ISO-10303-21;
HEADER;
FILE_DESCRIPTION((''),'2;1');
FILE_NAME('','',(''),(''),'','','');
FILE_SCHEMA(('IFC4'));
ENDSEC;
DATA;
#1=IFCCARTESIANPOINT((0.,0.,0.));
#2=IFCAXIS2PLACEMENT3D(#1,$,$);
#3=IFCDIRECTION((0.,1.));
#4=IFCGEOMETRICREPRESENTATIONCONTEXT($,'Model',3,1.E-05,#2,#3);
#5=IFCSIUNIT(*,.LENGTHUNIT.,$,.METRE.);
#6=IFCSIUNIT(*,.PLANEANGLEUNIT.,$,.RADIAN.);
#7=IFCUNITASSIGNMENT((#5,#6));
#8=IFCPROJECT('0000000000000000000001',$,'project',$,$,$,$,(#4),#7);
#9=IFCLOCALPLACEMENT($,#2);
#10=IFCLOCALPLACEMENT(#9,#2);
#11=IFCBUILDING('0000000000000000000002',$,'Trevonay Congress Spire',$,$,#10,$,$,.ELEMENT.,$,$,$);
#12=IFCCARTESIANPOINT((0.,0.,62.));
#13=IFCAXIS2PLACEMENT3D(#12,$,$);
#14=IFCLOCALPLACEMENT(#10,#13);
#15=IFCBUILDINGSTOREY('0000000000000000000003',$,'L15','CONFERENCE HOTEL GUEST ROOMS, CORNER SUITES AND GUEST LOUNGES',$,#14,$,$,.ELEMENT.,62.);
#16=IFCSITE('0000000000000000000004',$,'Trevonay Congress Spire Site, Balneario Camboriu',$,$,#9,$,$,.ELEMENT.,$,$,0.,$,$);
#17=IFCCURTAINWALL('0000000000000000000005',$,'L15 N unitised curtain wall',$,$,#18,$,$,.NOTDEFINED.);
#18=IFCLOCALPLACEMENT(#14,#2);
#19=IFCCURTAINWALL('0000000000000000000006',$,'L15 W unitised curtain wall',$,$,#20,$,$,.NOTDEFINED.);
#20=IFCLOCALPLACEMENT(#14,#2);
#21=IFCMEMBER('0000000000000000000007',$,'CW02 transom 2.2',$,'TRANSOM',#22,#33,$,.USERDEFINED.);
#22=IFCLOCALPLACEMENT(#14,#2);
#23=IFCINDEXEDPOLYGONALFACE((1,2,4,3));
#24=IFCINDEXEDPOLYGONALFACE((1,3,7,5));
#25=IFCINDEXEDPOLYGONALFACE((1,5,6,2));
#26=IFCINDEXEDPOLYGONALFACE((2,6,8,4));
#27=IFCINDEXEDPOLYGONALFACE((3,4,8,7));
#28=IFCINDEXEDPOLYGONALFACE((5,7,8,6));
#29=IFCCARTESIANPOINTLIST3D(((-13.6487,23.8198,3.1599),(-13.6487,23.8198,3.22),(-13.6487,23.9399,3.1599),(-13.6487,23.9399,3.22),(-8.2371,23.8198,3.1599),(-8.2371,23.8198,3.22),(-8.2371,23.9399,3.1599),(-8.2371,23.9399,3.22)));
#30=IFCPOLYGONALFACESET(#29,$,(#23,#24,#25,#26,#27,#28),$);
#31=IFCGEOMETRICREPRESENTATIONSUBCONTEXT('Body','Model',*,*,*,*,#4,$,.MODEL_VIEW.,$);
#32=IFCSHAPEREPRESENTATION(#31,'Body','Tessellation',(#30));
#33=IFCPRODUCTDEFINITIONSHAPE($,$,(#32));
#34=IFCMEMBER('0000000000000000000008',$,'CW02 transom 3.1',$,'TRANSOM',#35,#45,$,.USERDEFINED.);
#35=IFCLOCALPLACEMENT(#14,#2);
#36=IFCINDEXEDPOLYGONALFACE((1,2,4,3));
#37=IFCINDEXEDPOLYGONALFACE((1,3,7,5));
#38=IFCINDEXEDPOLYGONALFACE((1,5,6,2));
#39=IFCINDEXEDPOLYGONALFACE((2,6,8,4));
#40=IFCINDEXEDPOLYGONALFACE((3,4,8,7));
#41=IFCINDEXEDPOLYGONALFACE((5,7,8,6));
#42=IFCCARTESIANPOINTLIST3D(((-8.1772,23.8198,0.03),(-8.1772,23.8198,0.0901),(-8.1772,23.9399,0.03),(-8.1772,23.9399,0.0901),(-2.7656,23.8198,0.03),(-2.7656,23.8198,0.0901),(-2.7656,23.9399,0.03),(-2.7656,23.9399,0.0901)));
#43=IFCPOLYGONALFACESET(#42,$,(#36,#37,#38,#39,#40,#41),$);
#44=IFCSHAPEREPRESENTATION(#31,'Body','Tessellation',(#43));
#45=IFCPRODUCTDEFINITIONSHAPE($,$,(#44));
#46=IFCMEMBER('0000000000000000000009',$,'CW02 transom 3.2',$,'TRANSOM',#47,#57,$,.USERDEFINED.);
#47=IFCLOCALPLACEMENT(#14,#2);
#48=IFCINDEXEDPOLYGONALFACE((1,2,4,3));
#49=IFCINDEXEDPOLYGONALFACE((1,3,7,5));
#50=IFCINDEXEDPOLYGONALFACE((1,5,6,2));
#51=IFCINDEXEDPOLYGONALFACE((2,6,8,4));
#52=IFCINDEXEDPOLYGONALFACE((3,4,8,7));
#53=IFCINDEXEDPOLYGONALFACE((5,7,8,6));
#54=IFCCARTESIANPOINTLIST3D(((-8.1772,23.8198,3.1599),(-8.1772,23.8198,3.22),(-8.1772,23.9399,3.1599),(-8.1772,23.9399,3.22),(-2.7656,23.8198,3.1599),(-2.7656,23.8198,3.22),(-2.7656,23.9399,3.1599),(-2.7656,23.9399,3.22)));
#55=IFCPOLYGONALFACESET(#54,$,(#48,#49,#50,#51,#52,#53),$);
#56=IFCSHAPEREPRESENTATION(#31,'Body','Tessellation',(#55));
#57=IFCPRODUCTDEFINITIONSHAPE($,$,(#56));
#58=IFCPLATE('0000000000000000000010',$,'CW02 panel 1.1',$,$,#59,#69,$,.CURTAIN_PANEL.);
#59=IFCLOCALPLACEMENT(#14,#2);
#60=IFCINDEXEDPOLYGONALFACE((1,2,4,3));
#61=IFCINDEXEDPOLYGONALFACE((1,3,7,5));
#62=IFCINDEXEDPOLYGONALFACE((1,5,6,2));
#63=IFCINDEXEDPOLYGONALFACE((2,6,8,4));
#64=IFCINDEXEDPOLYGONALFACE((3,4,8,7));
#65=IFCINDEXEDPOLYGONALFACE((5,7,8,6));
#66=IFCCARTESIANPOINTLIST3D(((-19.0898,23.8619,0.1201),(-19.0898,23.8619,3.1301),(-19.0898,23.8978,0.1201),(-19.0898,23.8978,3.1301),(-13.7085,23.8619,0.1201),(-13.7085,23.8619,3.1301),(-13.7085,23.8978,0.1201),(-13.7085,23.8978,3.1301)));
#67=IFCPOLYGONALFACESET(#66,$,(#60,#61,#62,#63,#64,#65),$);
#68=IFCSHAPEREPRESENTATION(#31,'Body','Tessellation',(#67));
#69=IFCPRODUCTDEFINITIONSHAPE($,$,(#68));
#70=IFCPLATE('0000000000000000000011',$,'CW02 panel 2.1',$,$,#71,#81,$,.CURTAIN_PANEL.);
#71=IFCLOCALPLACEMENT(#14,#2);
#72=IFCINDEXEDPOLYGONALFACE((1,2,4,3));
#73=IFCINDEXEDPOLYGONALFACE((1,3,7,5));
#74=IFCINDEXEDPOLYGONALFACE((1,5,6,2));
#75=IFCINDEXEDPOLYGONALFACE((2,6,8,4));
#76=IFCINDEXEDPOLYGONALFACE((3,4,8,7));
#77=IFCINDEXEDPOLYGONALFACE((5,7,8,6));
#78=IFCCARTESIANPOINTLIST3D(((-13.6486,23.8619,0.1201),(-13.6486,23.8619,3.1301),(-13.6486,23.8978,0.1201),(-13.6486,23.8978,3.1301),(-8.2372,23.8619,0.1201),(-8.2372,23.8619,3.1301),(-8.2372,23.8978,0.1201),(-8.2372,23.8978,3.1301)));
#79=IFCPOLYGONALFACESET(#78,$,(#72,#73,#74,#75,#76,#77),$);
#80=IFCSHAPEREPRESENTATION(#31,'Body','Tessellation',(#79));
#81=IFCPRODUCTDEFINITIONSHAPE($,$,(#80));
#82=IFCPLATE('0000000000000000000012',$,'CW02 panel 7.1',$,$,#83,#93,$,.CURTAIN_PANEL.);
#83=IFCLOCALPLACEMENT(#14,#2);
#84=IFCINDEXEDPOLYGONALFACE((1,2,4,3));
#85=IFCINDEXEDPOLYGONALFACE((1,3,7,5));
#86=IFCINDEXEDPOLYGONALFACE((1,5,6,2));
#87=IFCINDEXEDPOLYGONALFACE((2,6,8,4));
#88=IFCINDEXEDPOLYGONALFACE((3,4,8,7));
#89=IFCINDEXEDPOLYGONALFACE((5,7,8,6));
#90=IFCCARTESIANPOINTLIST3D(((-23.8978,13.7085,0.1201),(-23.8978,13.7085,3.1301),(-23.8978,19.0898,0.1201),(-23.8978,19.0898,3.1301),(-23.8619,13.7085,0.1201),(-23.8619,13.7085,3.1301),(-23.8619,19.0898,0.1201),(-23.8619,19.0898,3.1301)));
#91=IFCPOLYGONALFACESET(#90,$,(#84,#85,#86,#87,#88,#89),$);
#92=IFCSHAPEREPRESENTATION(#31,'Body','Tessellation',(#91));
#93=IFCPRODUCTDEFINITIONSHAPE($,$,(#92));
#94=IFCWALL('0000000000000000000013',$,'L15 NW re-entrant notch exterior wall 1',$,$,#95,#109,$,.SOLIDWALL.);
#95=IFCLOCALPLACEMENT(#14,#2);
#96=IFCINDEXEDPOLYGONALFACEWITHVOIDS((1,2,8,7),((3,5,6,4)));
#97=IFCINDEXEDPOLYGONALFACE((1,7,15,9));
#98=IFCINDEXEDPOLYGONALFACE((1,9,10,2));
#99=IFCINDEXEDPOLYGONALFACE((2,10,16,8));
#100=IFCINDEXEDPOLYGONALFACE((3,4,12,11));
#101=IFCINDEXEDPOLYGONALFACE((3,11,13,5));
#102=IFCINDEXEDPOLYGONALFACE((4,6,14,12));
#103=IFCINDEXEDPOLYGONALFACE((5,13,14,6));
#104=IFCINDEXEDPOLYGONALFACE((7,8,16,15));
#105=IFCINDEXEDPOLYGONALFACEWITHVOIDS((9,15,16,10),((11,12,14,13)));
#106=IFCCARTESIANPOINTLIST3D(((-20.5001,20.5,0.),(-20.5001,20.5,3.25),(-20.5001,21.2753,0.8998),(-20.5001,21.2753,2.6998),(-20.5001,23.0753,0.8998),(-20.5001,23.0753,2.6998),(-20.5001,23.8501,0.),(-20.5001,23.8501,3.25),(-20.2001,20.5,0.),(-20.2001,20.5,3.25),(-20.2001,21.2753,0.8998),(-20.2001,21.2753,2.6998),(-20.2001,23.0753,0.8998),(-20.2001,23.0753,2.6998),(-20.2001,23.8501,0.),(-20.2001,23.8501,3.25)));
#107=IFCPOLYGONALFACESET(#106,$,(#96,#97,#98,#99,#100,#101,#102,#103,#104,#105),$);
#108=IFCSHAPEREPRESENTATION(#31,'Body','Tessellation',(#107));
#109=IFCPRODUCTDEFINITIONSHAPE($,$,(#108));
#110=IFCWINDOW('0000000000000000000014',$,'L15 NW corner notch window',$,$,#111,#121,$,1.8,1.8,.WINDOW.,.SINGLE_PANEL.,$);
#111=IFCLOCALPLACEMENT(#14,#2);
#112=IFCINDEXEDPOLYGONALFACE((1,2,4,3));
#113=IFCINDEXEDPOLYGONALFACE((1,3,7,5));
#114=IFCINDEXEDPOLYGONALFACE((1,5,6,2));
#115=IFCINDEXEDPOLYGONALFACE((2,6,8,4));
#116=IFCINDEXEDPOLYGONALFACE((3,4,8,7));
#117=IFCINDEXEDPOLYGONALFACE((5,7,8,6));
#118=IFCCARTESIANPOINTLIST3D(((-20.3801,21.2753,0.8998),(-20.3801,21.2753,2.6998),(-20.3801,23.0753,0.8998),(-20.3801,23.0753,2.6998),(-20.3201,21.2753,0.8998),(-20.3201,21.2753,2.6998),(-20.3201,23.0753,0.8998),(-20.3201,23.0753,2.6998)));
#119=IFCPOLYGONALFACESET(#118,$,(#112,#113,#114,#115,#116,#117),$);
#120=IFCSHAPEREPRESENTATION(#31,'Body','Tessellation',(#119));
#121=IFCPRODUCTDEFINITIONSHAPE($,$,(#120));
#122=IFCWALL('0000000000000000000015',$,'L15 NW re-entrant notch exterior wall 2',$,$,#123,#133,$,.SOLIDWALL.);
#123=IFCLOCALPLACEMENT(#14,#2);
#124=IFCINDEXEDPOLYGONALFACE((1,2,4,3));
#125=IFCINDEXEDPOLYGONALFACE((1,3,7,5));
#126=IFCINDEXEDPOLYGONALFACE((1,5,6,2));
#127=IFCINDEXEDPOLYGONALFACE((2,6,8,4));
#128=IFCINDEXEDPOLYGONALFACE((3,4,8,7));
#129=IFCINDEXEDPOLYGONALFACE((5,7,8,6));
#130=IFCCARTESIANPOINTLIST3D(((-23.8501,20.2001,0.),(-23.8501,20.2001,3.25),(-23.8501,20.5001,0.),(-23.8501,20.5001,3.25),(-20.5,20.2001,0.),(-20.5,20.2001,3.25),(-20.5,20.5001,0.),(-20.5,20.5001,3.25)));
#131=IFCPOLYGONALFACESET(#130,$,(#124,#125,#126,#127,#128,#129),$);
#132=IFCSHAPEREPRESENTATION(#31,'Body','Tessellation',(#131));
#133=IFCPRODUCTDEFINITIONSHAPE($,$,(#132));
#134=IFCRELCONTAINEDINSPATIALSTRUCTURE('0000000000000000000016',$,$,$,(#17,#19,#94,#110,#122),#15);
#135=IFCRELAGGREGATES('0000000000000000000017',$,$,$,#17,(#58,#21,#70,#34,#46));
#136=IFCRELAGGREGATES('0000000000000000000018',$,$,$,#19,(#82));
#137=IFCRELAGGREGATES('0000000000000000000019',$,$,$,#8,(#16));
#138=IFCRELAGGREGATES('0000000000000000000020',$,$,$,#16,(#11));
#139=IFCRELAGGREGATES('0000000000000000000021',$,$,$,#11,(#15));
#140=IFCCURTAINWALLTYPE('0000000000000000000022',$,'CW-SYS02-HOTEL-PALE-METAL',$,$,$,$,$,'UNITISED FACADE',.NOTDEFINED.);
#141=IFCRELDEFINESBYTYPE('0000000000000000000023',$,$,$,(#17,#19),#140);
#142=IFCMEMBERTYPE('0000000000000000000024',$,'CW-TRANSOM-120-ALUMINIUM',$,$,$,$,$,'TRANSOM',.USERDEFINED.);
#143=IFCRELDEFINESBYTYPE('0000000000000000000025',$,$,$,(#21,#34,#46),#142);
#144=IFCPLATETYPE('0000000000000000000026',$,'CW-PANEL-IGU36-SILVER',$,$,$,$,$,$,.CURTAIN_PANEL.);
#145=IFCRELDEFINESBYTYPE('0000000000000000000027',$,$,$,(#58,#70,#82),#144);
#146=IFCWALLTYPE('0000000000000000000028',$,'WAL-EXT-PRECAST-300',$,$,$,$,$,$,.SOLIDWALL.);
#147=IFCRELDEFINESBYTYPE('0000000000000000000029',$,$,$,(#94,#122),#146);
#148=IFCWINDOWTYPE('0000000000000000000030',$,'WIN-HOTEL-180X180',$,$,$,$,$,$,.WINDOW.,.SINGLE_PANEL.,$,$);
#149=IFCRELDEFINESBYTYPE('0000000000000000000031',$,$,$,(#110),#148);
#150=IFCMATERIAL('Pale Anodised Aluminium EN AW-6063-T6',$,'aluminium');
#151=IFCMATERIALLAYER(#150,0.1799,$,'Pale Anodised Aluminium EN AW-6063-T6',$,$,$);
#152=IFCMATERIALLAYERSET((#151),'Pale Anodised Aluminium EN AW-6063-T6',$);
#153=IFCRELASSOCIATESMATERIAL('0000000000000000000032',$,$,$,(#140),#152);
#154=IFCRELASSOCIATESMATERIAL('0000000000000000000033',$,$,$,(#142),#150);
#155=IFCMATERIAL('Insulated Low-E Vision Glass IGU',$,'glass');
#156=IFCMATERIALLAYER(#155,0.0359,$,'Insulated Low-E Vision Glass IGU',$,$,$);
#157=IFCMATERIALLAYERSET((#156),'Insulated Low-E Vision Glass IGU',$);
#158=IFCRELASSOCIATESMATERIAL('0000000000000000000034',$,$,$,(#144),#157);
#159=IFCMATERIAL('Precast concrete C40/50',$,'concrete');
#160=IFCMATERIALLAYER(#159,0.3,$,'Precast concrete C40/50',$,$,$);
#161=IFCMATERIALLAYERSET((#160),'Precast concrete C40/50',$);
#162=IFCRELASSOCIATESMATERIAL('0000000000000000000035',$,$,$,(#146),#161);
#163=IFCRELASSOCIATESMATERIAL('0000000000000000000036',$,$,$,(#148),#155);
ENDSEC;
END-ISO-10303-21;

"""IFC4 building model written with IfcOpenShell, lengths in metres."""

from ifc_helpers import new_model, si_unit, direction, frame, frame_2d, origin, origin_2d, place, context, subcontext, project, spatial, rectangle, extrude, material, layer, layer_set, material_profile, profile_set, type_object, element, fill, aggregate, save


model = new_model("IFC4")

# Units and contexts
model_context = context("Model", 3, precision=1e-05, world=origin(), true_north=direction((0.0, 1.0)))
body_context = subcontext(model_context, "Body", "Model", "MODEL_VIEW")
ifc_project = project(units=[si_unit("LENGTHUNIT", "METRE"), si_unit("PLANEANGLEUNIT", "RADIAN")], contexts=[model_context])

# Site, building, storey
site_placement = place(None, origin())
site = spatial("IfcSite", under=ifc_project, at=site_placement, Name="Trevonay Congress Spire Site, Balneario Camboriu", CompositionType="ELEMENT", RefElevation=0.0)
building_placement = place(site_placement, origin())
building = spatial("IfcBuilding", under=site, at=building_placement, Name="Trevonay Congress Spire", CompositionType="ELEMENT")
storey_placement = place(building_placement, frame((0.0, 0.0, 62.0)))
storey = spatial("IfcBuildingStorey", under=building, at=storey_placement, Name="L15", Description="CONFERENCE HOTEL GUEST ROOMS, CORNER SUITES AND GUEST LOUNGES", CompositionType="ELEMENT", Elevation=62.0)

# Curtain wall
ifc_material_1 = material(Name="Pale Anodised Aluminium EN AW-6063-T6", Category="aluminium")
ifc_layer_1 = layer(ifc_material_1, 0.1799, Name="Pale Anodised Aluminium EN AW-6063-T6")
ifc_layer_set_1 = layer_set([ifc_layer_1], Name="Pale Anodised Aluminium EN AW-6063-T6")
curtain_wall_type = type_object("IfcCurtainWallType", Name="CW-SYS02-HOTEL-PALE-METAL", ElementType="UNITISED FACADE", PredefinedType="NOTDEFINED", material=ifc_layer_set_1)
curtain_wall_1_placement = place(storey_placement, origin())
curtain_wall_1 = element("IfcCurtainWall", 1, at=curtain_wall_1_placement, inside=storey, type_object=curtain_wall_type, Name="L15 N unitised curtain wall", PredefinedType="NOTDEFINED")

# Curtain wall
curtain_wall_2_placement = place(storey_placement, origin())
curtain_wall_2 = element("IfcCurtainWall", 2, at=curtain_wall_2_placement, inside=storey, type_object=curtain_wall_type, Name="L15 W unitised curtain wall", PredefinedType="NOTDEFINED")

# Members
ifc_material_profile_1 = material_profile(ifc_material_1, rectangle(XDim=0.1201, YDim=0.0601, at=origin_2d()), Name="CW-TRANSOM-120-ALUMINIUM")
ifc_profile_set_1 = profile_set([ifc_material_profile_1], Name="Pale Anodised Aluminium EN AW-6063-T6")
member_type_1 = type_object("IfcMemberType", Name="CW-TRANSOM-120-ALUMINIUM", ElementType="TRANSOM", PredefinedType="USERDEFINED", material=ifc_profile_set_1)
member_1_placement = place(storey_placement, frame((-13.6487, 23.8799, 3.1899), z_axis=(1.0, 0.0, 0.0), x_axis=(0.0, 1.0, 0.0)))
member_1 = element("IfcMember", 3, at=member_1_placement, type_object=member_type_1, Name="CW02 transom 2.2", ObjectType="TRANSOM", PredefinedType="USERDEFINED", context=body_context, shape_type="SweptSolid", body=[
    extrude(rectangle(XDim=0.1201, YDim=0.0601, at=origin_2d()), origin(), (0.0, 0.0, 1.0), 5.4116),
])
member_2_placement = place(storey_placement, frame((-8.1772, 23.8799, 0.0601), z_axis=(1.0, 0.0, 0.0), x_axis=(0.0, 1.0, 0.0)))
member_2 = element("IfcMember", 4, at=member_2_placement, type_object=member_type_1, Name="CW02 transom 3.1", ObjectType="TRANSOM", PredefinedType="USERDEFINED", context=body_context, shape_type="SweptSolid", body=[
    extrude(rectangle(XDim=0.1201, YDim=0.0601, at=origin_2d()), origin(), (0.0, 0.0, 1.0), 5.4116),
])
member_3_placement = place(storey_placement, frame((-8.1772, 23.8799, 3.1899), z_axis=(1.0, 0.0, 0.0), x_axis=(0.0, 1.0, 0.0)))
member_3 = element("IfcMember", 5, at=member_3_placement, type_object=member_type_1, Name="CW02 transom 3.2", ObjectType="TRANSOM", PredefinedType="USERDEFINED", context=body_context, shape_type="SweptSolid", body=[
    extrude(rectangle(XDim=0.1201, YDim=0.0601, at=origin_2d()), origin(), (0.0, 0.0, 1.0), 5.4116),
])

# Plates
ifc_material_2 = material(Name="Insulated Low-E Vision Glass IGU", Category="glass")
ifc_layer_2 = layer(ifc_material_2, 0.0359, Name="Insulated Low-E Vision Glass IGU")
ifc_layer_set_2 = layer_set([ifc_layer_2], Name="Insulated Low-E Vision Glass IGU")
plate_type = type_object("IfcPlateType", Name="CW-PANEL-IGU36-SILVER", PredefinedType="CURTAIN_PANEL", material=ifc_layer_set_2)
plate_1_placement = place(storey_placement, frame((-16.3992, 23.8799, 0.1201), z_axis=(0.0, 0.0, 1.0), x_axis=(1.0, 0.0, 0.0)))
plate_1 = element("IfcPlate", 6, at=plate_1_placement, type_object=plate_type, Name="CW02 panel 1.1", PredefinedType="CURTAIN_PANEL", context=body_context, shape_type="SweptSolid", body=[
    extrude(rectangle(XDim=5.3813, YDim=0.0359, at=origin_2d()), origin(), (0.0, 0.0, 1.0), 3.01),
])
plate_2_placement = place(storey_placement, frame((-10.9429, 23.8799, 0.1201), z_axis=(0.0, 0.0, 1.0), x_axis=(1.0, 0.0, 0.0)))
plate_2 = element("IfcPlate", 7, at=plate_2_placement, type_object=plate_type, Name="CW02 panel 2.1", PredefinedType="CURTAIN_PANEL", context=body_context, shape_type="SweptSolid", body=[
    extrude(rectangle(XDim=5.4114, YDim=0.0359, at=origin_2d()), origin(), (0.0, 0.0, 1.0), 3.01),
])
aggregate(curtain_wall_1, [plate_1, member_1, plate_2, member_2, member_3])
plate_3_placement = place(storey_placement, frame((-23.8799, 16.3992, 0.1201), z_axis=(0.0, 0.0, 1.0), x_axis=(0.0, 1.0, 0.0)))
plate_3 = element("IfcPlate", 8, at=plate_3_placement, type_object=plate_type, Name="CW02 panel 7.1", PredefinedType="CURTAIN_PANEL", context=body_context, shape_type="SweptSolid", body=[
    extrude(rectangle(XDim=5.3813, YDim=0.0359, at=origin_2d()), origin(), (0.0, 0.0, 1.0), 3.01),
])
aggregate(curtain_wall_2, [plate_3])

# Wall, opening, window
ifc_material_3 = material(Name="Precast concrete C40/50", Category="concrete")
ifc_layer_3 = layer(ifc_material_3, 0.3, Name="Precast concrete C40/50")
ifc_layer_set_3 = layer_set([ifc_layer_3], Name="Precast concrete C40/50")
wall_type = type_object("IfcWallType", Name="WAL-EXT-PRECAST-300", PredefinedType="SOLIDWALL", material=ifc_layer_set_3)
wall_1_placement = place(storey_placement, frame((-20.3501, 23.8501, 0.0), z_axis=(0.0, 0.0, 1.0), x_axis=(0.0, -1.0, 0.0)))
wall_1 = element("IfcWall", 9, at=wall_1_placement, inside=storey, type_object=wall_type, Name="L15 NW re-entrant notch exterior wall 1", PredefinedType="SOLIDWALL", context=body_context, shape_type="SweptSolid", body=[
    extrude(rectangle(XDim=3.3501, YDim=0.3, at=frame_2d((1.675, 0.0))), origin(), (0.0, 0.0, 1.0), 3.25),
])
opening_placement = place(wall_1_placement, frame((0.7749, 0.0, 0.8999)))
opening = element("IfcOpeningElement", 10, at=opening_placement, cuts=wall_1, PredefinedType="OPENING", context=body_context, shape_type="SweptSolid", body=[
    extrude(rectangle(XDim=1.8, YDim=1.8, at=frame_2d((0.8999, 0.8999))), frame((0.0, 0.1602, 0.0), z_axis=(0.0, -1.0, 0.0), x_axis=(1.0, 0.0, 0.0)), (0.0, 0.0, 1.0), 0.3201),
])
window_type = type_object("IfcWindowType", Name="WIN-HOTEL-180X180", PartitioningType="SINGLE_PANEL", PredefinedType="WINDOW", material=ifc_material_2)
window_placement = place(opening_placement, origin())
window = element("IfcWindow", 11, at=window_placement, inside=storey, type_object=window_type, Name="L15 NW corner notch window", OverallHeight=1.8, OverallWidth=1.8, PartitioningType="SINGLE_PANEL", PredefinedType="WINDOW", context=body_context, shape_type="SweptSolid", body=[
    extrude(rectangle(XDim=1.8, YDim=1.8, at=frame_2d((0.8999, 0.8999))), frame((0.0, 0.03, 0.0), z_axis=(0.0, -1.0, 0.0), x_axis=(1.0, 0.0, 0.0)), (0.0, 0.0, 1.0), 0.0601),
])
fill(opening, window)

# Wall
wall_2_placement = place(storey_placement, frame((-23.8501, 20.3501, 0.0), z_axis=(0.0, 0.0, 1.0), x_axis=(1.0, 0.0, 0.0)))
element("IfcWall", 12, at=wall_2_placement, inside=storey, type_object=wall_type, Name="L15 NW re-entrant notch exterior wall 2", PredefinedType="SOLIDWALL", context=body_context, shape_type="SweptSolid", body=[
    extrude(rectangle(XDim=3.3501, YDim=0.3, at=frame_2d((1.675, 0.0))), origin(), (0.0, 0.0, 1.0), 3.25),
])

save(model, "model.ifc")
